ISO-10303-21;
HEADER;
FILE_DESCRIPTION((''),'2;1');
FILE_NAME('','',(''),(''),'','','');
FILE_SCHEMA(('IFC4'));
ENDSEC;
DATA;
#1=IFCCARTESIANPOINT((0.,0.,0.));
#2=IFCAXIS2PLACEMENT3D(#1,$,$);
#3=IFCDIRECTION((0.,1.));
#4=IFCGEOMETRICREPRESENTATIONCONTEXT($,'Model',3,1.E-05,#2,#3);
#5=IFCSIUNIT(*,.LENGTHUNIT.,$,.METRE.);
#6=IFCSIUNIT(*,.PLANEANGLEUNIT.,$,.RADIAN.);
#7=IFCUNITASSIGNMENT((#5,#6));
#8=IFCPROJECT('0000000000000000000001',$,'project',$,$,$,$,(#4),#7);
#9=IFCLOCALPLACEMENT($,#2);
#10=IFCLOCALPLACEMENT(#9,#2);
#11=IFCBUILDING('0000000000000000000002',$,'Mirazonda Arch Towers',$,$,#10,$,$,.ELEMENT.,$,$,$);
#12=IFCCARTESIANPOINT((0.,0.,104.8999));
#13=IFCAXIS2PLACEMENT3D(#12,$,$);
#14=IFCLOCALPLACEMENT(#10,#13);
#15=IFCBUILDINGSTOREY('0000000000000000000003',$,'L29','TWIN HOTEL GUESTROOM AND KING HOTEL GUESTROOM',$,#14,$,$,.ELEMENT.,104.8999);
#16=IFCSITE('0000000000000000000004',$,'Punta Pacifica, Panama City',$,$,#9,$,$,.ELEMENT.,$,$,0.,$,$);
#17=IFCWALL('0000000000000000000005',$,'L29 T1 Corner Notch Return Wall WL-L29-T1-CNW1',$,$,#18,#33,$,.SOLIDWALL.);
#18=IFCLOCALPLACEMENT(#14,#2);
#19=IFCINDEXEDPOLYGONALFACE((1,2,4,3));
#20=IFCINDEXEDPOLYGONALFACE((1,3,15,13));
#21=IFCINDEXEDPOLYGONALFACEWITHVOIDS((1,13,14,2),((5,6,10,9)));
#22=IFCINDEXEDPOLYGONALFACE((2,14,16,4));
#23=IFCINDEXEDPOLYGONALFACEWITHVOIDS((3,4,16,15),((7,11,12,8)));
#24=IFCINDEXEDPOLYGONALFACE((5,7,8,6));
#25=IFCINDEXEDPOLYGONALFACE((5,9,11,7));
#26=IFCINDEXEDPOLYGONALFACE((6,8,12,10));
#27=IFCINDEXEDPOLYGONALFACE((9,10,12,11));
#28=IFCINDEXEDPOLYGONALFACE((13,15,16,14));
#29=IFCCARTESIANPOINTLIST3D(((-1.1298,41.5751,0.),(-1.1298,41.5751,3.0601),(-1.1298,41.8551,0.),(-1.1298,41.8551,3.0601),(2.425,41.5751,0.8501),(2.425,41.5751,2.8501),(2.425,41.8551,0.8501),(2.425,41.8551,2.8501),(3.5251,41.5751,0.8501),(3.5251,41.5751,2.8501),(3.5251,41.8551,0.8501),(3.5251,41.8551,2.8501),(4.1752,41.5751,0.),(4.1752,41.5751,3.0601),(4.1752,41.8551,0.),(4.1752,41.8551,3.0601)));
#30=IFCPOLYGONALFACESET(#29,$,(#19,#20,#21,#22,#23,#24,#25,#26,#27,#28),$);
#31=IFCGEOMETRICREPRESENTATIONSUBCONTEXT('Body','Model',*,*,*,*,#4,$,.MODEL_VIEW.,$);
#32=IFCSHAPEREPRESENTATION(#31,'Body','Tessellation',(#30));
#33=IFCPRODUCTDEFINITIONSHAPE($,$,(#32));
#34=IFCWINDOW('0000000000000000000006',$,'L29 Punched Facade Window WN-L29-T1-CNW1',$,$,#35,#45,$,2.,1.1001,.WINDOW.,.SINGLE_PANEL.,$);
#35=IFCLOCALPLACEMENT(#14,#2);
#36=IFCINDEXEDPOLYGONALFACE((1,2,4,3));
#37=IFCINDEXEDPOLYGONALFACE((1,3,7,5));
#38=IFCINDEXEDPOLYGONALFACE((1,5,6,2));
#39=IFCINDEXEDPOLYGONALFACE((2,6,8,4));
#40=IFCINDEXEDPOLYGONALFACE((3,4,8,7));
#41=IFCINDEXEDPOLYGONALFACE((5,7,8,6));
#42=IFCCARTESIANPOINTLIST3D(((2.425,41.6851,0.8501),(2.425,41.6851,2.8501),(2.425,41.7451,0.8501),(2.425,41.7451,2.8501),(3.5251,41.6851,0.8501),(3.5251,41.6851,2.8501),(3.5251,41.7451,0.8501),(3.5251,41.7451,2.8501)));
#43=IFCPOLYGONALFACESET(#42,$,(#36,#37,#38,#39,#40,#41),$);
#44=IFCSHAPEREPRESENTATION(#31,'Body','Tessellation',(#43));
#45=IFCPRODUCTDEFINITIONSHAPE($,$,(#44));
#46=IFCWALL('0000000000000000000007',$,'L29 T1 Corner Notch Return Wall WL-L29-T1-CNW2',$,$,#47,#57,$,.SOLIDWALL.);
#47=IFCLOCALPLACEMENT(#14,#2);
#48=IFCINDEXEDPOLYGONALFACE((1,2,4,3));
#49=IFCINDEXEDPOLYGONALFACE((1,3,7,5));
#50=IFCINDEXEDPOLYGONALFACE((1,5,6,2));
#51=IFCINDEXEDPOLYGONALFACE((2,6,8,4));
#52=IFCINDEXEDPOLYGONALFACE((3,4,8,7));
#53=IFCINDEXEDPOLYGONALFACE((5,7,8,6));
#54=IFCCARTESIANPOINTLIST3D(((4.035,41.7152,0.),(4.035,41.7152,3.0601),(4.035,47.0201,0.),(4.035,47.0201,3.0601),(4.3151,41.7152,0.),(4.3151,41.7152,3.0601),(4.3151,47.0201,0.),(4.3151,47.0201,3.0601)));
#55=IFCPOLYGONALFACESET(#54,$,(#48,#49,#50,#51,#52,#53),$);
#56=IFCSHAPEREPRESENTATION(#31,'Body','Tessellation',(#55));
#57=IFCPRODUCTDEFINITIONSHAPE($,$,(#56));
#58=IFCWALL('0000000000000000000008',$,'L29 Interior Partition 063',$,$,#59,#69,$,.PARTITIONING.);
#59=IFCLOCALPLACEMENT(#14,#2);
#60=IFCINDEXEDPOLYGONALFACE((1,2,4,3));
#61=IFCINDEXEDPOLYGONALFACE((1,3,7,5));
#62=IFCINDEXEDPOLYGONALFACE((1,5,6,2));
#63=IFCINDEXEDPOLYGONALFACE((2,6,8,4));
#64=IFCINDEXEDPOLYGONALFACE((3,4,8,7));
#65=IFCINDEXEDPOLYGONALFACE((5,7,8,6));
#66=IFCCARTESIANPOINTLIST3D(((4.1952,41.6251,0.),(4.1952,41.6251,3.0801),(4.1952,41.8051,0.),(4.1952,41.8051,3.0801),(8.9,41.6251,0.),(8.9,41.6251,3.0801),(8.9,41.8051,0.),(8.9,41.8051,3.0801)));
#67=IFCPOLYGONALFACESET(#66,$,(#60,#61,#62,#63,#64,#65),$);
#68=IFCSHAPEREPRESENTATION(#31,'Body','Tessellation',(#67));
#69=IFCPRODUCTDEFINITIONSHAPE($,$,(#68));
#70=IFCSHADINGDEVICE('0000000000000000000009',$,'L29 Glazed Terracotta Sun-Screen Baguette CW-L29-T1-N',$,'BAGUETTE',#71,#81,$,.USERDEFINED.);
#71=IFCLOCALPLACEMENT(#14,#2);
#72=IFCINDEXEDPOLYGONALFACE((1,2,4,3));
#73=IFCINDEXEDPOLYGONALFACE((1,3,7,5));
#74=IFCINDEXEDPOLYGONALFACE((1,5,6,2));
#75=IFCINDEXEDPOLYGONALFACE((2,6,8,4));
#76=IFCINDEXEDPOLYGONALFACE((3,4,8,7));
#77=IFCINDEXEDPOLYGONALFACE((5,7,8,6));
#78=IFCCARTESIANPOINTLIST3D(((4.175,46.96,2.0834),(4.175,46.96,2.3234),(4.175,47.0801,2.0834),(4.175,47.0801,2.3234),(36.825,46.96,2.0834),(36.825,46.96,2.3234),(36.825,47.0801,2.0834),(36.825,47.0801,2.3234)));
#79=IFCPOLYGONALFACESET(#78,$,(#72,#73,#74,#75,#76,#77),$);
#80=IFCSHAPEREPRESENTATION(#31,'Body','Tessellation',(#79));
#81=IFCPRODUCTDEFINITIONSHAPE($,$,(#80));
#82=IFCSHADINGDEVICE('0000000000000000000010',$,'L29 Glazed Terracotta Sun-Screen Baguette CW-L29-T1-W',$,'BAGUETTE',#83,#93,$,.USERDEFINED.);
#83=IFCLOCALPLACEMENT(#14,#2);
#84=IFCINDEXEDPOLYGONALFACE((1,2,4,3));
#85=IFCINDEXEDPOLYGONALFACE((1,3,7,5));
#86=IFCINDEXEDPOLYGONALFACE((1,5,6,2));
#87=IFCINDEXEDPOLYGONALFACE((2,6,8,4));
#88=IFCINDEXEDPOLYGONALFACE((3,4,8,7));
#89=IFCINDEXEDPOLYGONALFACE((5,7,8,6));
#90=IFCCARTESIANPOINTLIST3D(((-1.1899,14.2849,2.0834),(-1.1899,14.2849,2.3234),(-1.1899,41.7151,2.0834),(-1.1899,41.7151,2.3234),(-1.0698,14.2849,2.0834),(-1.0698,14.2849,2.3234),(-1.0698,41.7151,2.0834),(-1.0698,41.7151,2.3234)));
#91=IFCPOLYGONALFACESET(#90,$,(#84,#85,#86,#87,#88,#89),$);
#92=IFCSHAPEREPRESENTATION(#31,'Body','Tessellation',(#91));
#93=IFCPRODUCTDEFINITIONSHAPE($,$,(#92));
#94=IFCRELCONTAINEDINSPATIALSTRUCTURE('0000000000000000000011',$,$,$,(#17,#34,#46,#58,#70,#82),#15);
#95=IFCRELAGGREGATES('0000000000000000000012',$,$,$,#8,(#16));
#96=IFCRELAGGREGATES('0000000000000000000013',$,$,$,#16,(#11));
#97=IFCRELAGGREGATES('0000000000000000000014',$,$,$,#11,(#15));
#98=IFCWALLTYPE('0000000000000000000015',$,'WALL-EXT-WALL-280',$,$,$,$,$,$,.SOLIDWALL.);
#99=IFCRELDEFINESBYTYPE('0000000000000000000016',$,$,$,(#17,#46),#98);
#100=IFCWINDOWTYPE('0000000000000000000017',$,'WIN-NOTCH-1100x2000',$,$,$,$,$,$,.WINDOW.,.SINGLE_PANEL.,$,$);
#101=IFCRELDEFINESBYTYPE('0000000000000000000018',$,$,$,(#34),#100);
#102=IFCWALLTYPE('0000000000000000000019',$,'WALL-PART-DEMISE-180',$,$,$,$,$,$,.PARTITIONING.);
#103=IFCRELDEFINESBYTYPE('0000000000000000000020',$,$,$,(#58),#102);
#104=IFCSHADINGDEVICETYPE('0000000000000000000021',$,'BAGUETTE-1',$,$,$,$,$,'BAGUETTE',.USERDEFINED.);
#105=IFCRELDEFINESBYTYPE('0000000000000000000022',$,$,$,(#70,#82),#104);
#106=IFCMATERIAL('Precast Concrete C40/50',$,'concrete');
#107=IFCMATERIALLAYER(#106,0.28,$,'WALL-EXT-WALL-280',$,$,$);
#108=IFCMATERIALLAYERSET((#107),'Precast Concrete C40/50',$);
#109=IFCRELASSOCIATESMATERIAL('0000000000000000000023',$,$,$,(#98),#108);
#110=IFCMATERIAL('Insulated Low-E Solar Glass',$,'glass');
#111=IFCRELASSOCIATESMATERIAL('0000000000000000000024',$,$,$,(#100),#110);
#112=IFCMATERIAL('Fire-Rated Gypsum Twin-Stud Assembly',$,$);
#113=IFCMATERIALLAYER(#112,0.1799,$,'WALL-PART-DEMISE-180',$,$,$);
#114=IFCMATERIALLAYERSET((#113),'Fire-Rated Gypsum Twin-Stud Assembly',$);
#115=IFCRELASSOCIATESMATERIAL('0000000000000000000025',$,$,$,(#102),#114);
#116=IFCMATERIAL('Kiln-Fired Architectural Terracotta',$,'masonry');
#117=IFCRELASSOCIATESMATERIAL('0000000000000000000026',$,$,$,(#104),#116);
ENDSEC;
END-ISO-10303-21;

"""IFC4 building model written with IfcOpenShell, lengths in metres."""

from ifc_helpers import new_model, si_unit, direction, frame, frame_2d, origin, origin_2d, place, context, subcontext, project, spatial, rectangle, extrude, material, layer, layer_set, material_profile, profile_set, type_object, element, fill, save


model = new_model("IFC4")

# Units and contexts
model_context = context("Model", 3, precision=1e-05, world=origin(), true_north=direction((0.0, 1.0)))
body_context = subcontext(model_context, "Body", "Model", "MODEL_VIEW")
ifc_project = project(units=[si_unit("LENGTHUNIT", "METRE"), si_unit("PLANEANGLEUNIT", "RADIAN")], contexts=[model_context])

# Site, building, storey
site_placement = place(None, origin())
site = spatial("IfcSite", under=ifc_project, at=site_placement, Name="Punta Pacifica, Panama City", CompositionType="ELEMENT", RefElevation=0.0)
building_placement = place(site_placement, origin())
building = spatial("IfcBuilding", under=site, at=building_placement, Name="Mirazonda Arch Towers", CompositionType="ELEMENT")
storey_placement = place(building_placement, frame((0.0, 0.0, 104.8999)))
storey = spatial("IfcBuildingStorey", under=building, at=storey_placement, Name="L29", Description="TWIN HOTEL GUESTROOM AND KING HOTEL GUESTROOM", CompositionType="ELEMENT", Elevation=104.8999)

# Shared definitions
ifc_material_1 = material(Name="Insulated Low-E Solar Glass", Category="glass")

# Wall, opening, window
ifc_material_2 = material(Name="Precast Concrete C40/50", Category="concrete")
ifc_layer_1 = layer(ifc_material_2, 0.28, Name="WALL-EXT-WALL-280")
ifc_layer_set_1 = layer_set([ifc_layer_1], Name="Precast Concrete C40/50")
wall_type_1 = type_object("IfcWallType", Name="WALL-EXT-WALL-280", PredefinedType="SOLIDWALL", material=ifc_layer_set_1)
wall_1_placement = place(storey_placement, frame((4.175, 41.7151, 0.0), z_axis=(0.0, 0.0, 1.0), x_axis=(-1.0, 0.0, 0.0)))
wall_1 = element("IfcWall", 1, at=wall_1_placement, inside=storey, type_object=wall_type_1, Name="L29 T1 Corner Notch Return Wall WL-L29-T1-CNW1", PredefinedType="SOLIDWALL", context=body_context, shape_type="SweptSolid", body=[
    extrude(rectangle(XDim=5.3049, YDim=0.28, at=frame_2d((2.6523, 0.0))), origin(), (0.0, 0.0, 1.0), 3.0601),
])
opening_placement = place(wall_1_placement, frame((0.6499, 0.0, 0.8501)))
opening = element("IfcOpeningElement", 2, at=opening_placement, cuts=wall_1, PredefinedType="OPENING", context=body_context, shape_type="SweptSolid", body=[
    extrude(rectangle(XDim=1.1001, YDim=2.0, at=frame_2d((0.55, 1.0))), frame((0.0, 0.1499, 0.0), z_axis=(0.0, -1.0, 0.0), x_axis=(1.0, 0.0, 0.0)), (0.0, 0.0, 1.0), 0.3),
])
window_type = type_object("IfcWindowType", Name="WIN-NOTCH-1100x2000", PartitioningType="SINGLE_PANEL", PredefinedType="WINDOW", material=ifc_material_1)
window_placement = place(opening_placement, origin())
window = element("IfcWindow", 3, at=window_placement, inside=storey, type_object=window_type, Name="L29 Punched Facade Window WN-L29-T1-CNW1", OverallHeight=2.0, OverallWidth=1.1001, PartitioningType="SINGLE_PANEL", PredefinedType="WINDOW", context=body_context, shape_type="SweptSolid", body=[
    extrude(rectangle(XDim=1.1001, YDim=2.0, at=frame_2d((0.55, 1.0))), frame((0.0, 0.03, 0.0), z_axis=(0.0, -1.0, 0.0), x_axis=(1.0, 0.0, 0.0)), (0.0, 0.0, 1.0), 0.0601),
])
fill(opening, window)

# Walls
wall_2_placement = place(storey_placement, frame((4.175, 47.02, 0.0), z_axis=(0.0, 0.0, 1.0), x_axis=(0.0, -1.0, 0.0)))
element("IfcWall", 4, at=wall_2_placement, inside=storey, type_object=wall_type_1, Name="L29 T1 Corner Notch Return Wall WL-L29-T1-CNW2", PredefinedType="SOLIDWALL", context=body_context, shape_type="SweptSolid", body=[
    extrude(rectangle(XDim=5.3049, YDim=0.28, at=frame_2d((2.6523, 0.0))), origin(), (0.0, 0.0, 1.0), 3.0601),
])
ifc_material_3 = material(Name="Fire-Rated Gypsum Twin-Stud Assembly")
ifc_layer_2 = layer(ifc_material_3, 0.1799, Name="WALL-PART-DEMISE-180")
ifc_layer_set_2 = layer_set([ifc_layer_2], Name="Fire-Rated Gypsum Twin-Stud Assembly")
wall_type_2 = type_object("IfcWallType", Name="WALL-PART-DEMISE-180", PredefinedType="PARTITIONING", material=ifc_layer_set_2)
wall_3_placement = place(storey_placement, frame((4.1951, 41.7151, 0.0), z_axis=(0.0, 0.0, 1.0), x_axis=(1.0, 0.0, 0.0)))
element("IfcWall", 5, at=wall_3_placement, inside=storey, type_object=wall_type_2, Name="L29 Interior Partition 063", PredefinedType="PARTITIONING", context=body_context, shape_type="SweptSolid", body=[
    extrude(rectangle(XDim=4.7048, YDim=0.1799, at=frame_2d((2.3525, 0.0))), origin(), (0.0, 0.0, 1.0), 3.0801),
])

# Shading devices
ifc_material_4 = material(Name="Kiln-Fired Architectural Terracotta", Category="masonry")
ifc_material_profile_1 = material_profile(ifc_material_4, rectangle(XDim=0.1201, YDim=0.24, at=origin_2d()), Name="TERRA-BAG-120x240")
ifc_profile_set_1 = profile_set([ifc_material_profile_1], Name="Kiln-Fired Architectural Terracotta")
shading_device_type = type_object("IfcShadingDeviceType", Name="BAGUETTE-1", ElementType="BAGUETTE", PredefinedType="USERDEFINED", material=ifc_profile_set_1)
shading_device_1_placement = place(storey_placement, frame((4.175, 47.02, 2.2034), z_axis=(1.0, 0.0, 0.0), x_axis=(0.0, 1.0, 0.0)))
element("IfcShadingDevice", 6, at=shading_device_1_placement, inside=storey, type_object=shading_device_type, Name="L29 Glazed Terracotta Sun-Screen Baguette CW-L29-T1-N", ObjectType="BAGUETTE", PredefinedType="USERDEFINED", context=body_context, shape_type="SweptSolid", body=[
    extrude(rectangle(XDim=0.1201, YDim=0.24, at=origin_2d()), origin(), (0.0, 0.0, 1.0), 32.6499),
])
shading_device_2_placement = place(storey_placement, frame((-1.1299, 41.7151, 2.2034), z_axis=(0.0, -1.0, 0.0), x_axis=(1.0, 0.0, 0.0)))
element("IfcShadingDevice", 7, at=shading_device_2_placement, inside=storey, type_object=shading_device_type, Name="L29 Glazed Terracotta Sun-Screen Baguette CW-L29-T1-W", ObjectType="BAGUETTE", PredefinedType="USERDEFINED", context=body_context, shape_type="SweptSolid", body=[
    extrude(rectangle(XDim=0.1201, YDim=0.24, at=origin_2d()), origin(), (0.0, 0.0, 1.0), 27.4302),
])

save(model, "model.ifc")
